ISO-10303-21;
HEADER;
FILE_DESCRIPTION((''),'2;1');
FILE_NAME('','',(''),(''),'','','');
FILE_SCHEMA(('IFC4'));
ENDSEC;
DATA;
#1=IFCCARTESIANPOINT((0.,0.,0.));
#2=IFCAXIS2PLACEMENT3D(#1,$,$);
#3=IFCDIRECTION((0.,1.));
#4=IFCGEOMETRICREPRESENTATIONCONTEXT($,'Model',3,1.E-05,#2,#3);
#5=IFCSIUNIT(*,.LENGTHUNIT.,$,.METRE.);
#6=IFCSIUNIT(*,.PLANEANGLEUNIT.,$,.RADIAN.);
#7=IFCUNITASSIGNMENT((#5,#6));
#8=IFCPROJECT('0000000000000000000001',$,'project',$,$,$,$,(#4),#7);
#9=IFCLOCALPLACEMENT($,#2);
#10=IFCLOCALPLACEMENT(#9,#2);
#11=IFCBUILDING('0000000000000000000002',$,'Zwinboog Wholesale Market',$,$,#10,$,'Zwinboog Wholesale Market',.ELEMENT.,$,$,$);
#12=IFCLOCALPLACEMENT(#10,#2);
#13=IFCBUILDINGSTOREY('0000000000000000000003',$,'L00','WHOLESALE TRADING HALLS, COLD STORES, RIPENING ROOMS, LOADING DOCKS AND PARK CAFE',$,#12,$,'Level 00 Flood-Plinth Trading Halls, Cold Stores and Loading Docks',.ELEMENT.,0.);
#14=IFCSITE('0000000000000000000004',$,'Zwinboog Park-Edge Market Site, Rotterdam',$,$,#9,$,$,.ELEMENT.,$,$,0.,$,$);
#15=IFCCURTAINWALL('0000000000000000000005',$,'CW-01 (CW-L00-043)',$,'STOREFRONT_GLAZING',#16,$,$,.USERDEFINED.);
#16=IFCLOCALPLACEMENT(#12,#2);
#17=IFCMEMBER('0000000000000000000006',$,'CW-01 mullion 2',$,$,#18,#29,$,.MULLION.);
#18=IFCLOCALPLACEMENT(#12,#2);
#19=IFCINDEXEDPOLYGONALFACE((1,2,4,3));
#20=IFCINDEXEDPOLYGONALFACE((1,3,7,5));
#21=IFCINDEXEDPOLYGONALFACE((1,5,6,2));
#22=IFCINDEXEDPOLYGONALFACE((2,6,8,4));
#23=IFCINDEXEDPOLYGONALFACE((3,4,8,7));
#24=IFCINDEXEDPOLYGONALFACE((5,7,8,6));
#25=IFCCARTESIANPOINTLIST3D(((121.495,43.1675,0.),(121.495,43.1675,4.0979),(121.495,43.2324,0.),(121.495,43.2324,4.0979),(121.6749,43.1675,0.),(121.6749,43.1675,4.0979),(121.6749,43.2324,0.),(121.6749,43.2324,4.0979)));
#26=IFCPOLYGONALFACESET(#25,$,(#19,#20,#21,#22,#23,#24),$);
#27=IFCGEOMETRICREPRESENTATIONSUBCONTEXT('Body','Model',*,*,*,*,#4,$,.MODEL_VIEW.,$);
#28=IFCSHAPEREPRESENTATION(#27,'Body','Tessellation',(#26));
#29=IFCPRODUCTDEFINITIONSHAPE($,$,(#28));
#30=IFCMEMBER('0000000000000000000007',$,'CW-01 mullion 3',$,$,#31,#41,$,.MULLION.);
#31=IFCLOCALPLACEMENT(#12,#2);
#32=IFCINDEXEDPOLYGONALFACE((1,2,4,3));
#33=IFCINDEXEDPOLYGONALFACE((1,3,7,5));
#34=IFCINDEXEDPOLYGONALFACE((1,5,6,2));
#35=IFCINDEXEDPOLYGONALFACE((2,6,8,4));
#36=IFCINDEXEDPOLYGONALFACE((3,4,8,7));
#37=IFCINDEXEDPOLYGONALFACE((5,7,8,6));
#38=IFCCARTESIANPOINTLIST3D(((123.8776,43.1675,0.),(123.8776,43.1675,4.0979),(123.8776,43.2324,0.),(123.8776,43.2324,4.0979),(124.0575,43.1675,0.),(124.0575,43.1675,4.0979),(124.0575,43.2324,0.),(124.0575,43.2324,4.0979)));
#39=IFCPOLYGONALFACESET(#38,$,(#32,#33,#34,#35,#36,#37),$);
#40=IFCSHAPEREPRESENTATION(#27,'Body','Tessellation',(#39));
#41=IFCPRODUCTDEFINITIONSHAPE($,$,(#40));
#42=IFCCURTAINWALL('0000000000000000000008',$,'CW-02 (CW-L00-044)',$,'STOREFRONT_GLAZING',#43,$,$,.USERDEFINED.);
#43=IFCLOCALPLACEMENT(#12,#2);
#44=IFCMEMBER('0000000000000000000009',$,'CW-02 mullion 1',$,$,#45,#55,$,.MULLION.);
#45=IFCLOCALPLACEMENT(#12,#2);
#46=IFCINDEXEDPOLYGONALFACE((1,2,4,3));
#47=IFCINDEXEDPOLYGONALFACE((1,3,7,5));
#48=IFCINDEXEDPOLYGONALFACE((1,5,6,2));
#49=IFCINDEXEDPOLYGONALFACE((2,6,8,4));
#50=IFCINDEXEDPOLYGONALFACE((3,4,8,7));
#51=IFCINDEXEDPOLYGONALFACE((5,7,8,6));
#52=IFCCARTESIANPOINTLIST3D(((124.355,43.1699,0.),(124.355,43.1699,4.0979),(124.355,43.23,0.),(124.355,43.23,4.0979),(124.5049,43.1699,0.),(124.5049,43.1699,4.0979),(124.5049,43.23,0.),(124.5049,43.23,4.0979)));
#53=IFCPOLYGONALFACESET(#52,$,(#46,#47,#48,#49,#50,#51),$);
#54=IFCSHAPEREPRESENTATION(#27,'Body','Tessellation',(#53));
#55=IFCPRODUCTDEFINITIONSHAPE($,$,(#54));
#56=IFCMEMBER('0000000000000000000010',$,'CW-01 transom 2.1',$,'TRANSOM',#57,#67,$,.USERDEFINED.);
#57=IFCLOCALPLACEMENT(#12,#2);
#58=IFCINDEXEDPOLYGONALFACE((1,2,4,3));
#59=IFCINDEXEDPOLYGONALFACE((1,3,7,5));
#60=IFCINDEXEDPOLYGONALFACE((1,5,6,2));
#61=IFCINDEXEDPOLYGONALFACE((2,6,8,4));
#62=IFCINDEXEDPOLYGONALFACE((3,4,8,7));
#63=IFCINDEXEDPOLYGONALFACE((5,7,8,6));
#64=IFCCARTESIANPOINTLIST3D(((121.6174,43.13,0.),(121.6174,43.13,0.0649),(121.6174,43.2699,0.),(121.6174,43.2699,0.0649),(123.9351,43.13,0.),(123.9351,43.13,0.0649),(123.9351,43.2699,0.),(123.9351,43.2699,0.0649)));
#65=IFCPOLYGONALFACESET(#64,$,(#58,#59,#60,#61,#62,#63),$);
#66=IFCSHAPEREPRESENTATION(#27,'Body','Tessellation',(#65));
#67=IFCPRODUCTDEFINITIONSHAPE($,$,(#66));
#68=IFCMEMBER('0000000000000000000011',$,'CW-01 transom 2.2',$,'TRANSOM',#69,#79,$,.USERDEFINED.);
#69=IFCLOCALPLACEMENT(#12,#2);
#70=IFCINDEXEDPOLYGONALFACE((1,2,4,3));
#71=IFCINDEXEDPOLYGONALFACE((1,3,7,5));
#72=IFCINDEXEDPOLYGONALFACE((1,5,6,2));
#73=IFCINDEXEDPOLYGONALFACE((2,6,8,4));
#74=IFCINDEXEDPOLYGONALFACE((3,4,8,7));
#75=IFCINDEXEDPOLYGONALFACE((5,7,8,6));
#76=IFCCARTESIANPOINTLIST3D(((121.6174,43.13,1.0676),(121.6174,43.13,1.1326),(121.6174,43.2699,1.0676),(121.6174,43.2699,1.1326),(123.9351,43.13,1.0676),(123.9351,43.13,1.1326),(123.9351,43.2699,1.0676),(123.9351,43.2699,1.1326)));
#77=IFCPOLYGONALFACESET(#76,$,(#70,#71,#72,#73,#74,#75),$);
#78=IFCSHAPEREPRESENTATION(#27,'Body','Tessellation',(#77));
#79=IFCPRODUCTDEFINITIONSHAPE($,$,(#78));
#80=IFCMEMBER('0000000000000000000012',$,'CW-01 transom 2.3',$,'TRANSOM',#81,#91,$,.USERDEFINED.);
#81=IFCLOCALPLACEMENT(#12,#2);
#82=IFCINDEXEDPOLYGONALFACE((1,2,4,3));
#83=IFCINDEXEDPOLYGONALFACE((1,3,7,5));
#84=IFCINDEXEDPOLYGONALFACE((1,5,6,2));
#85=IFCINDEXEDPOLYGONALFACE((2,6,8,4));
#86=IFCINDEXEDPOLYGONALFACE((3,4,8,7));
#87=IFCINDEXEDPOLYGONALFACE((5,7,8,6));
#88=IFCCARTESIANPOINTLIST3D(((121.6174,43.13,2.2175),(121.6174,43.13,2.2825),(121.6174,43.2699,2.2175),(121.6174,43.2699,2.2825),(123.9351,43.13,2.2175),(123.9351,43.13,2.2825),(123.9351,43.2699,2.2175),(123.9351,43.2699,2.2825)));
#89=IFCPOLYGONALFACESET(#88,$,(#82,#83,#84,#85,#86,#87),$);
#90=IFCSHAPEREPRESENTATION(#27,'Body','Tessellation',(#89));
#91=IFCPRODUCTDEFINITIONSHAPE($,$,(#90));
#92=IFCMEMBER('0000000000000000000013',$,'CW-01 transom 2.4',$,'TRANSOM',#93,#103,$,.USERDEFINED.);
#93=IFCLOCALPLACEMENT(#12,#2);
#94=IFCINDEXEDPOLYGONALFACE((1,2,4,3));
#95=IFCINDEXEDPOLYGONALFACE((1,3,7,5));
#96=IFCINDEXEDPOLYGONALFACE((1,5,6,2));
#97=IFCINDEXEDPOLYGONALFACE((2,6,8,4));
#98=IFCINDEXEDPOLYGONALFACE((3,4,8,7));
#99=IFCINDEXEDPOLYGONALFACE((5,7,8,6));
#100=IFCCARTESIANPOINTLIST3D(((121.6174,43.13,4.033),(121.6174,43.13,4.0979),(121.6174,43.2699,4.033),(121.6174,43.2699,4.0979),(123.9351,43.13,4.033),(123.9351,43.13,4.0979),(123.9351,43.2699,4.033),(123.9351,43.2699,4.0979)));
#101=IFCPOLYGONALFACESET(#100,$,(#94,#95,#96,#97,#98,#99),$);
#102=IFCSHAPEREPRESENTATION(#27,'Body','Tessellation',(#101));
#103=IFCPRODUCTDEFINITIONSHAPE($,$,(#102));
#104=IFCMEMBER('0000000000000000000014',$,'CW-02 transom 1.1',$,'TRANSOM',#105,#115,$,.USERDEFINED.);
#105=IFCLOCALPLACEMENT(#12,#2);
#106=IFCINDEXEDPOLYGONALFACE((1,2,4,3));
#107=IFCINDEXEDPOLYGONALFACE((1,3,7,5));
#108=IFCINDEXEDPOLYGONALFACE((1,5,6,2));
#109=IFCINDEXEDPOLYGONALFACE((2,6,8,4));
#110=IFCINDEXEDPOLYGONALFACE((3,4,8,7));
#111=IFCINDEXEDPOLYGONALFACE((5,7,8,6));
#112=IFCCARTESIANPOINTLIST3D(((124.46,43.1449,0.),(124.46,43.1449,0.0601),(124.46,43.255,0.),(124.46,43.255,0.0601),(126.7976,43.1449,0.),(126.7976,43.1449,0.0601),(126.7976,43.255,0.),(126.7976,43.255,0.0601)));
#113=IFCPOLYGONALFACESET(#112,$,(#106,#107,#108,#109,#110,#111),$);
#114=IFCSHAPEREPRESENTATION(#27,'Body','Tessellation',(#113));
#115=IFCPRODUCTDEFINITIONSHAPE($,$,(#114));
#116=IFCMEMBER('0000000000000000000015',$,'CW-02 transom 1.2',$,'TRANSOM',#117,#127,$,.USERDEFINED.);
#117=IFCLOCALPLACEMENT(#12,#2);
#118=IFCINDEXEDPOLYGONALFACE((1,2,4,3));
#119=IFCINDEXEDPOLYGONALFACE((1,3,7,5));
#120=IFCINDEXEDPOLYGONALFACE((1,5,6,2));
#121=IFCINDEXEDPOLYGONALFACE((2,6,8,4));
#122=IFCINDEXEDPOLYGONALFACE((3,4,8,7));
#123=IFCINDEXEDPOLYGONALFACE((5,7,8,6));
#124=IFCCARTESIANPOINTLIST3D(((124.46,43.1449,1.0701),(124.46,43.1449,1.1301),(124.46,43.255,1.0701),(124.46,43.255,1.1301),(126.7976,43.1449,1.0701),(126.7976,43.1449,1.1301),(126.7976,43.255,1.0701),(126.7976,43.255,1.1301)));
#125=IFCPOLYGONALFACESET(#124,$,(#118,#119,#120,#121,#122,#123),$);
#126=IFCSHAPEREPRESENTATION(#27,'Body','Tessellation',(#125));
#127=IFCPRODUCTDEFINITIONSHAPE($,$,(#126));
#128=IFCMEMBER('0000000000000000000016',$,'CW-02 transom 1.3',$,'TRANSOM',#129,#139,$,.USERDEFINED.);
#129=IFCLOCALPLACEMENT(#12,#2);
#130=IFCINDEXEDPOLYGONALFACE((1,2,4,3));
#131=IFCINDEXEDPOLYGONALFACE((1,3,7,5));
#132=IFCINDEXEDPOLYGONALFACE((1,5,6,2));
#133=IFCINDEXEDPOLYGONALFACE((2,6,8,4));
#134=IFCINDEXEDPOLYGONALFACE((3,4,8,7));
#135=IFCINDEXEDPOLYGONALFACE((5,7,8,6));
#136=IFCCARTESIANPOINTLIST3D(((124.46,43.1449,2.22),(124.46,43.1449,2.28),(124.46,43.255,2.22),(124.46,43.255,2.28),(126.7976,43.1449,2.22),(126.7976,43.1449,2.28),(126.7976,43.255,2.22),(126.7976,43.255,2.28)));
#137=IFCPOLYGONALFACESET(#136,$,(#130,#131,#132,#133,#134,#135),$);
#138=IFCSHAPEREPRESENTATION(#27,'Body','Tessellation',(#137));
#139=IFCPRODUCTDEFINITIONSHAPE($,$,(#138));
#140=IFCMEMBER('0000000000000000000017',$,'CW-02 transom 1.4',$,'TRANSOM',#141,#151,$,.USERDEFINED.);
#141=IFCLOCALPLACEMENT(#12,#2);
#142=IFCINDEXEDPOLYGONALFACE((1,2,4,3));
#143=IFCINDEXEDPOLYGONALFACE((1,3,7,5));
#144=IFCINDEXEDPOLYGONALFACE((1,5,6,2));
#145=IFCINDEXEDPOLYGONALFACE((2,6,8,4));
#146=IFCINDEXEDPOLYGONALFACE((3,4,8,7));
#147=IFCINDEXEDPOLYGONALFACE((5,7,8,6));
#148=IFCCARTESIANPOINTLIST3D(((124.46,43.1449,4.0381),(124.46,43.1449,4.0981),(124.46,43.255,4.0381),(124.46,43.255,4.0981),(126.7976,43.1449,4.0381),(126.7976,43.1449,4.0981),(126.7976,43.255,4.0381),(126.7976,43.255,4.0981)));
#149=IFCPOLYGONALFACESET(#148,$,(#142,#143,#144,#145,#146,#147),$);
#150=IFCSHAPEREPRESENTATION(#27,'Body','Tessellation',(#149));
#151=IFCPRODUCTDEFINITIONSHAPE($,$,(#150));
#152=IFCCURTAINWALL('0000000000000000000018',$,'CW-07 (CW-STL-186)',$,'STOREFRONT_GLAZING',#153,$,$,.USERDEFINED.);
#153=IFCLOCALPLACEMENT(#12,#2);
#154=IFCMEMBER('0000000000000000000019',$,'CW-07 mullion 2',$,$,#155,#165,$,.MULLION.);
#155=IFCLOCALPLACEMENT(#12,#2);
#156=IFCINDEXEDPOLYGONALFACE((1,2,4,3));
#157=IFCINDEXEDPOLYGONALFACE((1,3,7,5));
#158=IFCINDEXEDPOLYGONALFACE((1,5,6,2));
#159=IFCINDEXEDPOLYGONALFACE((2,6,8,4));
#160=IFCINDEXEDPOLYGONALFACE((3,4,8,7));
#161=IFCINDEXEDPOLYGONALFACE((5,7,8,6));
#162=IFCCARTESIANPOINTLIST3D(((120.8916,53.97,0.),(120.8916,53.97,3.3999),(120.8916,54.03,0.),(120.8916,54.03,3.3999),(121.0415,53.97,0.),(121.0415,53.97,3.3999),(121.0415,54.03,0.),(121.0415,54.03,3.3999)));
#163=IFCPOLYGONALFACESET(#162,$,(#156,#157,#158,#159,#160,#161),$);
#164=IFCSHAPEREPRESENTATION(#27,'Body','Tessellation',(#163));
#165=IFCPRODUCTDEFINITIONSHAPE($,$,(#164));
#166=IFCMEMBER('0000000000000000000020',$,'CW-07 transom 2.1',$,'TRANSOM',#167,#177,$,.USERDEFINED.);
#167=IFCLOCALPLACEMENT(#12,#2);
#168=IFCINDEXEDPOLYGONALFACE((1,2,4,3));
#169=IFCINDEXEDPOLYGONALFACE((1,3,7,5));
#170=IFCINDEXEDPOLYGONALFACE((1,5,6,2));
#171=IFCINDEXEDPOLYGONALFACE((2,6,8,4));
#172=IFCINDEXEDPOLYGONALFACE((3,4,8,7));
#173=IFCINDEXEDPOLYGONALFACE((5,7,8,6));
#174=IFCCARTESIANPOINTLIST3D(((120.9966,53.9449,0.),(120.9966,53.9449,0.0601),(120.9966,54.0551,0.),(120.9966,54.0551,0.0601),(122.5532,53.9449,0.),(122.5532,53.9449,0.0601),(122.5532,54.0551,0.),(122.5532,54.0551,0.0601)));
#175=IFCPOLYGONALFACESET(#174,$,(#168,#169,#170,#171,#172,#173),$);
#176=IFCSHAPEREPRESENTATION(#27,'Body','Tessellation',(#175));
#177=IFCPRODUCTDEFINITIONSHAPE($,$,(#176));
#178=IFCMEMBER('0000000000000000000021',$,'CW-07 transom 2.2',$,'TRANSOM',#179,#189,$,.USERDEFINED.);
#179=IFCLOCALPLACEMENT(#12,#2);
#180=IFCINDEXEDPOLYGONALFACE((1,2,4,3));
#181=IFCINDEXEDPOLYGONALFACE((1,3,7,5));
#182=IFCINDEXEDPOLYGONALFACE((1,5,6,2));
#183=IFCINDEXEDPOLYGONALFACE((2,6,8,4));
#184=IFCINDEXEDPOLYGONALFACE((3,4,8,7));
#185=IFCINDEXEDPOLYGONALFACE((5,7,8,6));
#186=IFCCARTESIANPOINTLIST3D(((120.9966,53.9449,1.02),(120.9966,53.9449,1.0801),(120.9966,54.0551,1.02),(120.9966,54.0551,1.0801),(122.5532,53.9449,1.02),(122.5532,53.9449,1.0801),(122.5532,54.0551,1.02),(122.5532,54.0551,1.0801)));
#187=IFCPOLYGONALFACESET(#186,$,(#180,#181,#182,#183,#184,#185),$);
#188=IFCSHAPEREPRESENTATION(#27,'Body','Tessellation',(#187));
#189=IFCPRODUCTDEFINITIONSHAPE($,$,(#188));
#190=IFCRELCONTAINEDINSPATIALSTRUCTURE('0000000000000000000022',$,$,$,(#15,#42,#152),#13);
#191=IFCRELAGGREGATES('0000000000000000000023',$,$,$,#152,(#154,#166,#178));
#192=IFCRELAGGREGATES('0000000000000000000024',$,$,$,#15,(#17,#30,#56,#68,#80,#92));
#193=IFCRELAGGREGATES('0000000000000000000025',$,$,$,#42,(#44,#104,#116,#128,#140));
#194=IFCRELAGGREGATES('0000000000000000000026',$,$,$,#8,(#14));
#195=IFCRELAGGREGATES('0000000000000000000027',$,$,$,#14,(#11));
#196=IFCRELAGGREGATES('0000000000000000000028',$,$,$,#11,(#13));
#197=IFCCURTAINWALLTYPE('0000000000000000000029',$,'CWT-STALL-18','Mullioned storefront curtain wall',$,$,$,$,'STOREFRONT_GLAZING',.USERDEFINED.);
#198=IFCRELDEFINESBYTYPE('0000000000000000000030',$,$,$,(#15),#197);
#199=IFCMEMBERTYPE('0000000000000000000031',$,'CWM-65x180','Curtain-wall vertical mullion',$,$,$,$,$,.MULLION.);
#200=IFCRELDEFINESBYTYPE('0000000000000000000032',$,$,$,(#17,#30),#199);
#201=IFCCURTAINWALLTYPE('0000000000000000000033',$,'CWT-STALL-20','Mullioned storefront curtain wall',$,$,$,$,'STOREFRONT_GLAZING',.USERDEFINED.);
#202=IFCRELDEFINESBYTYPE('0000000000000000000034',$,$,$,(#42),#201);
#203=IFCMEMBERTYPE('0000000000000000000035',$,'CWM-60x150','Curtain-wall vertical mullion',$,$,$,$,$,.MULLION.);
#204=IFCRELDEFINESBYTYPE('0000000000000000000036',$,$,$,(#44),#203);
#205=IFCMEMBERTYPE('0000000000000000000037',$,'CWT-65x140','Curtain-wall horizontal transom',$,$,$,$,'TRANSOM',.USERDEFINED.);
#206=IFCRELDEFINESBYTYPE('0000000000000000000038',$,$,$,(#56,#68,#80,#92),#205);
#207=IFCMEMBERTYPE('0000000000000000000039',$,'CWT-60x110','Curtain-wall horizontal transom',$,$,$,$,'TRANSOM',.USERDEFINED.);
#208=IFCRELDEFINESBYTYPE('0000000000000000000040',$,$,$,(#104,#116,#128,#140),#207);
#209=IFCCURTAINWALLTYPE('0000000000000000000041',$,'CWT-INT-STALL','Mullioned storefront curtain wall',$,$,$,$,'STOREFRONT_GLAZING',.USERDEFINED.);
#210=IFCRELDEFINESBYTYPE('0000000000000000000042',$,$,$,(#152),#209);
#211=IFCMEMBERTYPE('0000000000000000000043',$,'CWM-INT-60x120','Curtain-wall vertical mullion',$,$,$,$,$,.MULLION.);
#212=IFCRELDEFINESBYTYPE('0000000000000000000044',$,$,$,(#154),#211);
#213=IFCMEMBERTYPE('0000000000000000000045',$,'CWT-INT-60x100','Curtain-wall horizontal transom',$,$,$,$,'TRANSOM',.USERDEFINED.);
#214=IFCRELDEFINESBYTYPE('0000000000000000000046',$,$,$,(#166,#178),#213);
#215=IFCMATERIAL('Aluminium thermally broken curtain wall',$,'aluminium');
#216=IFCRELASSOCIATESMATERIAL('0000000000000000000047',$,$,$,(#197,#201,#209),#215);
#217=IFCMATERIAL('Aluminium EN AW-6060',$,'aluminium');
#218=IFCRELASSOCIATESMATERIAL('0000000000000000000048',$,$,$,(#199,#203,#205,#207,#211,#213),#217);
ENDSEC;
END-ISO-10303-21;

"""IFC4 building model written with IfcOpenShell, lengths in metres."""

from ifc_helpers import new_model, si_unit, direction, frame, origin, origin_2d, place, context, subcontext, project, spatial, rectangle, extrude, material, material_profile, profile_set, type_object, element, aggregate, save


model = new_model("IFC4")

# Units and contexts
model_context = context("Model", 3, precision=1e-05, world=origin(), true_north=direction((0.0, 1.0)))
body_context = subcontext(model_context, "Body", "Model", "MODEL_VIEW")
ifc_project = project(units=[si_unit("LENGTHUNIT", "METRE"), si_unit("PLANEANGLEUNIT", "RADIAN")], contexts=[model_context])

# Site, building, storey
site_placement = place(None, origin())
site = spatial("IfcSite", under=ifc_project, at=site_placement, Name="Zwinboog Park-Edge Market Site, Rotterdam", CompositionType="ELEMENT", RefElevation=0.0)
building_placement = place(site_placement, origin())
building = spatial("IfcBuilding", under=site, at=building_placement, Name="Zwinboog Wholesale Market", LongName="Zwinboog Wholesale Market", CompositionType="ELEMENT")
storey_placement = place(building_placement, origin())
storey = spatial("IfcBuildingStorey", under=building, at=storey_placement, Name="L00", Description="WHOLESALE TRADING HALLS, COLD STORES, RIPENING ROOMS, LOADING DOCKS AND PARK CAFE", LongName="Level 00 Flood-Plinth Trading Halls, Cold Stores and Loading Docks", CompositionType="ELEMENT", Elevation=0.0)

# Curtain wall, members
ifc_material_1 = material(Name="Aluminium thermally broken curtain wall", Category="aluminium")
curtain_wall_type_1 = type_object("IfcCurtainWallType", Name="CWT-STALL-18", Description="Mullioned storefront curtain wall", ElementType="STOREFRONT_GLAZING", PredefinedType="USERDEFINED", material=ifc_material_1)
curtain_wall_1_placement = place(storey_placement, origin())
curtain_wall_1 = element("IfcCurtainWall", 1, at=curtain_wall_1_placement, inside=storey, type_object=curtain_wall_type_1, Name="CW-01 (CW-L00-043)", ObjectType="STOREFRONT_GLAZING", PredefinedType="USERDEFINED")
ifc_material_2 = material(Name="Aluminium EN AW-6060", Category="aluminium")
ifc_material_profile_1 = material_profile(ifc_material_2, rectangle(XDim=0.0649, YDim=0.1799, at=origin_2d()), Name="AL 65x180")
ifc_profile_set_1 = profile_set([ifc_material_profile_1], Name="Aluminium EN AW-6060")
member_type_1 = type_object("IfcMemberType", Name="CWM-65x180", Description="Curtain-wall vertical mullion", PredefinedType="MULLION", material=ifc_profile_set_1)
member_1_placement = place(storey_placement, frame((121.585, 43.2, 0.0), z_axis=(0.0, 0.0, 1.0), x_axis=(0.0, 1.0, 0.0)))
member_1 = element("IfcMember", 2, at=member_1_placement, type_object=member_type_1, Name="CW-01 mullion 2", PredefinedType="MULLION", context=body_context, shape_type="SweptSolid", body=[
    extrude(rectangle(XDim=0.0649, YDim=0.1799, at=origin_2d()), origin(), (0.0, 0.0, 1.0), 4.0979),
])
member_2_placement = place(storey_placement, frame((123.9675, 43.2, 0.0), z_axis=(0.0, 0.0, 1.0), x_axis=(0.0, 1.0, 0.0)))
member_2 = element("IfcMember", 3, at=member_2_placement, type_object=member_type_1, Name="CW-01 mullion 3", PredefinedType="MULLION", context=body_context, shape_type="SweptSolid", body=[
    extrude(rectangle(XDim=0.0649, YDim=0.1799, at=origin_2d()), origin(), (0.0, 0.0, 1.0), 4.0979),
])

# Curtain wall, member
curtain_wall_type_2 = type_object("IfcCurtainWallType", Name="CWT-STALL-20", Description="Mullioned storefront curtain wall", ElementType="STOREFRONT_GLAZING", PredefinedType="USERDEFINED", material=ifc_material_1)
curtain_wall_2_placement = place(storey_placement, origin())
curtain_wall_2 = element("IfcCurtainWall", 4, at=curtain_wall_2_placement, inside=storey, type_object=curtain_wall_type_2, Name="CW-02 (CW-L00-044)", ObjectType="STOREFRONT_GLAZING", PredefinedType="USERDEFINED")
ifc_material_profile_2 = material_profile(ifc_material_2, rectangle(XDim=0.0601, YDim=0.1499, at=origin_2d()), Name="AL 60x150")
ifc_profile_set_2 = profile_set([ifc_material_profile_2], Name="Aluminium EN AW-6060")
member_type_2 = type_object("IfcMemberType", Name="CWM-60x150", Description="Curtain-wall vertical mullion", PredefinedType="MULLION", material=ifc_profile_set_2)
member_3_placement = place(storey_placement, frame((124.4299, 43.2, 0.0), z_axis=(0.0, 0.0, 1.0), x_axis=(0.0, 1.0, 0.0)))
member_3 = element("IfcMember", 5, at=member_3_placement, type_object=member_type_2, Name="CW-02 mullion 1", PredefinedType="MULLION", context=body_context, shape_type="SweptSolid", body=[
    extrude(rectangle(XDim=0.0601, YDim=0.1499, at=origin_2d()), origin(), (0.0, 0.0, 1.0), 4.0979),
])

# Members
ifc_material_profile_3 = material_profile(ifc_material_2, rectangle(XDim=0.1399, YDim=0.0649, at=origin_2d()), Name="AL 65x140")
ifc_profile_set_3 = profile_set([ifc_material_profile_3], Name="Aluminium EN AW-6060")
member_type_3 = type_object("IfcMemberType", Name="CWT-65x140", Description="Curtain-wall horizontal transom", ElementType="TRANSOM", PredefinedType="USERDEFINED", material=ifc_profile_set_3)
member_4_placement = place(storey_placement, frame((121.6174, 43.2, 0.0325), z_axis=(1.0, 0.0, 0.0), x_axis=(0.0, 1.0, 0.0)))
member_4 = element("IfcMember", 6, at=member_4_placement, type_object=member_type_3, Name="CW-01 transom 2.1", ObjectType="TRANSOM", PredefinedType="USERDEFINED", context=body_context, shape_type="SweptSolid", body=[
    extrude(rectangle(XDim=0.1399, YDim=0.0649, at=origin_2d()), origin(), (0.0, 0.0, 1.0), 2.3176),
])
member_5_placement = place(storey_placement, frame((121.6174, 43.2, 1.1001), z_axis=(1.0, 0.0, 0.0), x_axis=(0.0, 1.0, 0.0)))
member_5 = element("IfcMember", 7, at=member_5_placement, type_object=member_type_3, Name="CW-01 transom 2.2", ObjectType="TRANSOM", PredefinedType="USERDEFINED", context=body_context, shape_type="SweptSolid", body=[
    extrude(rectangle(XDim=0.1399, YDim=0.0649, at=origin_2d()), origin(), (0.0, 0.0, 1.0), 2.3176),
])
member_6_placement = place(storey_placement, frame((121.6174, 43.2, 2.25), z_axis=(1.0, 0.0, 0.0), x_axis=(0.0, 1.0, 0.0)))
member_6 = element("IfcMember", 8, at=member_6_placement, type_object=member_type_3, Name="CW-01 transom 2.3", ObjectType="TRANSOM", PredefinedType="USERDEFINED", context=body_context, shape_type="SweptSolid", body=[
    extrude(rectangle(XDim=0.1399, YDim=0.0649, at=origin_2d()), origin(), (0.0, 0.0, 1.0), 2.3176),
])
member_7_placement = place(storey_placement, frame((121.6174, 43.2, 4.0654), z_axis=(1.0, 0.0, 0.0), x_axis=(0.0, 1.0, 0.0)))
member_7 = element("IfcMember", 9, at=member_7_placement, type_object=member_type_3, Name="CW-01 transom 2.4", ObjectType="TRANSOM", PredefinedType="USERDEFINED", context=body_context, shape_type="SweptSolid", body=[
    extrude(rectangle(XDim=0.1399, YDim=0.0649, at=origin_2d()), origin(), (0.0, 0.0, 1.0), 2.3176),
])
ifc_material_profile_4 = material_profile(ifc_material_2, rectangle(XDim=0.1101, YDim=0.0601, at=origin_2d()), Name="AL 60x110")
ifc_profile_set_4 = profile_set([ifc_material_profile_4], Name="Aluminium EN AW-6060")
member_type_4 = type_object("IfcMemberType", Name="CWT-60x110", Description="Curtain-wall horizontal transom", ElementType="TRANSOM", PredefinedType="USERDEFINED", material=ifc_profile_set_4)
member_8_placement = place(storey_placement, frame((124.46, 43.2, 0.03), z_axis=(1.0, 0.0, 0.0), x_axis=(0.0, 1.0, 0.0)))
member_8 = element("IfcMember", 10, at=member_8_placement, type_object=member_type_4, Name="CW-02 transom 1.1", ObjectType="TRANSOM", PredefinedType="USERDEFINED", context=body_context, shape_type="SweptSolid", body=[
    extrude(rectangle(XDim=0.1101, YDim=0.0601, at=origin_2d()), origin(), (0.0, 0.0, 1.0), 2.3376),
])
member_9_placement = place(storey_placement, frame((124.46, 43.2, 1.1001), z_axis=(1.0, 0.0, 0.0), x_axis=(0.0, 1.0, 0.0)))
member_9 = element("IfcMember", 11, at=member_9_placement, type_object=member_type_4, Name="CW-02 transom 1.2", ObjectType="TRANSOM", PredefinedType="USERDEFINED", context=body_context, shape_type="SweptSolid", body=[
    extrude(rectangle(XDim=0.1101, YDim=0.0601, at=origin_2d()), origin(), (0.0, 0.0, 1.0), 2.3376),
])
member_10_placement = place(storey_placement, frame((124.46, 43.2, 2.25), z_axis=(1.0, 0.0, 0.0), x_axis=(0.0, 1.0, 0.0)))
member_10 = element("IfcMember", 12, at=member_10_placement, type_object=member_type_4, Name="CW-02 transom 1.3", ObjectType="TRANSOM", PredefinedType="USERDEFINED", context=body_context, shape_type="SweptSolid", body=[
    extrude(rectangle(XDim=0.1101, YDim=0.0601, at=origin_2d()), origin(), (0.0, 0.0, 1.0), 2.3376),
])
member_11_placement = place(storey_placement, frame((124.46, 43.2, 4.0681), z_axis=(1.0, 0.0, 0.0), x_axis=(0.0, 1.0, 0.0)))
member_11 = element("IfcMember", 13, at=member_11_placement, type_object=member_type_4, Name="CW-02 transom 1.4", ObjectType="TRANSOM", PredefinedType="USERDEFINED", context=body_context, shape_type="SweptSolid", body=[
    extrude(rectangle(XDim=0.1101, YDim=0.0601, at=origin_2d()), origin(), (0.0, 0.0, 1.0), 2.3376),
])

# Curtain wall, members
curtain_wall_type_3 = type_object("IfcCurtainWallType", Name="CWT-INT-STALL", Description="Mullioned storefront curtain wall", ElementType="STOREFRONT_GLAZING", PredefinedType="USERDEFINED", material=ifc_material_1)
curtain_wall_3_placement = place(storey_placement, origin())
curtain_wall_3 = element("IfcCurtainWall", 14, at=curtain_wall_3_placement, inside=storey, type_object=curtain_wall_type_3, Name="CW-07 (CW-STL-186)", ObjectType="STOREFRONT_GLAZING", PredefinedType="USERDEFINED")
ifc_material_profile_5 = material_profile(ifc_material_2, rectangle(XDim=0.0601, YDim=0.1499, at=origin_2d()), Name="AL 60x150")
ifc_profile_set_5 = profile_set([ifc_material_profile_5], Name="Aluminium EN AW-6060")
member_type_5 = type_object("IfcMemberType", Name="CWM-INT-60x120", Description="Curtain-wall vertical mullion", PredefinedType="MULLION", material=ifc_profile_set_5)
member_12_placement = place(storey_placement, frame((120.9666, 54.0, 0.0), z_axis=(0.0, 0.0, 1.0), x_axis=(0.0, 1.0, 0.0)))
member_12 = element("IfcMember", 15, at=member_12_placement, type_object=member_type_5, Name="CW-07 mullion 2", PredefinedType="MULLION", context=body_context, shape_type="SweptSolid", body=[
    extrude(rectangle(XDim=0.0601, YDim=0.1499, at=origin_2d()), origin(), (0.0, 0.0, 1.0), 3.3999),
])
ifc_material_profile_6 = material_profile(ifc_material_2, rectangle(XDim=0.1101, YDim=0.0601, at=origin_2d()), Name="AL 60x110")
ifc_profile_set_6 = profile_set([ifc_material_profile_6], Name="Aluminium EN AW-6060")
member_type_6 = type_object("IfcMemberType", Name="CWT-INT-60x100", Description="Curtain-wall horizontal transom", ElementType="TRANSOM", PredefinedType="USERDEFINED", material=ifc_profile_set_6)
member_13_placement = place(storey_placement, frame((120.9966, 54.0, 0.03), z_axis=(1.0, 0.0, 0.0), x_axis=(0.0, 1.0, 0.0)))
member_13 = element("IfcMember", 16, at=member_13_placement, type_object=member_type_6, Name="CW-07 transom 2.1", ObjectType="TRANSOM", PredefinedType="USERDEFINED", context=body_context, shape_type="SweptSolid", body=[
    extrude(rectangle(XDim=0.1101, YDim=0.0601, at=origin_2d()), origin(), (0.0, 0.0, 1.0), 1.5566),
])
member_14_placement = place(storey_placement, frame((120.9966, 54.0, 1.05), z_axis=(1.0, 0.0, 0.0), x_axis=(0.0, 1.0, 0.0)))
member_14 = element("IfcMember", 17, at=member_14_placement, type_object=member_type_6, Name="CW-07 transom 2.2", ObjectType="TRANSOM", PredefinedType="USERDEFINED", context=body_context, shape_type="SweptSolid", body=[
    extrude(rectangle(XDim=0.1101, YDim=0.0601, at=origin_2d()), origin(), (0.0, 0.0, 1.0), 1.5566),
])
aggregate(curtain_wall_3, [member_12, member_13, member_14])

aggregate(curtain_wall_1, [member_1, member_2, member_4, member_5, member_6, member_7])
aggregate(curtain_wall_2, [member_3, member_8, member_9, member_10, member_11])

save(model, "model.ifc")
